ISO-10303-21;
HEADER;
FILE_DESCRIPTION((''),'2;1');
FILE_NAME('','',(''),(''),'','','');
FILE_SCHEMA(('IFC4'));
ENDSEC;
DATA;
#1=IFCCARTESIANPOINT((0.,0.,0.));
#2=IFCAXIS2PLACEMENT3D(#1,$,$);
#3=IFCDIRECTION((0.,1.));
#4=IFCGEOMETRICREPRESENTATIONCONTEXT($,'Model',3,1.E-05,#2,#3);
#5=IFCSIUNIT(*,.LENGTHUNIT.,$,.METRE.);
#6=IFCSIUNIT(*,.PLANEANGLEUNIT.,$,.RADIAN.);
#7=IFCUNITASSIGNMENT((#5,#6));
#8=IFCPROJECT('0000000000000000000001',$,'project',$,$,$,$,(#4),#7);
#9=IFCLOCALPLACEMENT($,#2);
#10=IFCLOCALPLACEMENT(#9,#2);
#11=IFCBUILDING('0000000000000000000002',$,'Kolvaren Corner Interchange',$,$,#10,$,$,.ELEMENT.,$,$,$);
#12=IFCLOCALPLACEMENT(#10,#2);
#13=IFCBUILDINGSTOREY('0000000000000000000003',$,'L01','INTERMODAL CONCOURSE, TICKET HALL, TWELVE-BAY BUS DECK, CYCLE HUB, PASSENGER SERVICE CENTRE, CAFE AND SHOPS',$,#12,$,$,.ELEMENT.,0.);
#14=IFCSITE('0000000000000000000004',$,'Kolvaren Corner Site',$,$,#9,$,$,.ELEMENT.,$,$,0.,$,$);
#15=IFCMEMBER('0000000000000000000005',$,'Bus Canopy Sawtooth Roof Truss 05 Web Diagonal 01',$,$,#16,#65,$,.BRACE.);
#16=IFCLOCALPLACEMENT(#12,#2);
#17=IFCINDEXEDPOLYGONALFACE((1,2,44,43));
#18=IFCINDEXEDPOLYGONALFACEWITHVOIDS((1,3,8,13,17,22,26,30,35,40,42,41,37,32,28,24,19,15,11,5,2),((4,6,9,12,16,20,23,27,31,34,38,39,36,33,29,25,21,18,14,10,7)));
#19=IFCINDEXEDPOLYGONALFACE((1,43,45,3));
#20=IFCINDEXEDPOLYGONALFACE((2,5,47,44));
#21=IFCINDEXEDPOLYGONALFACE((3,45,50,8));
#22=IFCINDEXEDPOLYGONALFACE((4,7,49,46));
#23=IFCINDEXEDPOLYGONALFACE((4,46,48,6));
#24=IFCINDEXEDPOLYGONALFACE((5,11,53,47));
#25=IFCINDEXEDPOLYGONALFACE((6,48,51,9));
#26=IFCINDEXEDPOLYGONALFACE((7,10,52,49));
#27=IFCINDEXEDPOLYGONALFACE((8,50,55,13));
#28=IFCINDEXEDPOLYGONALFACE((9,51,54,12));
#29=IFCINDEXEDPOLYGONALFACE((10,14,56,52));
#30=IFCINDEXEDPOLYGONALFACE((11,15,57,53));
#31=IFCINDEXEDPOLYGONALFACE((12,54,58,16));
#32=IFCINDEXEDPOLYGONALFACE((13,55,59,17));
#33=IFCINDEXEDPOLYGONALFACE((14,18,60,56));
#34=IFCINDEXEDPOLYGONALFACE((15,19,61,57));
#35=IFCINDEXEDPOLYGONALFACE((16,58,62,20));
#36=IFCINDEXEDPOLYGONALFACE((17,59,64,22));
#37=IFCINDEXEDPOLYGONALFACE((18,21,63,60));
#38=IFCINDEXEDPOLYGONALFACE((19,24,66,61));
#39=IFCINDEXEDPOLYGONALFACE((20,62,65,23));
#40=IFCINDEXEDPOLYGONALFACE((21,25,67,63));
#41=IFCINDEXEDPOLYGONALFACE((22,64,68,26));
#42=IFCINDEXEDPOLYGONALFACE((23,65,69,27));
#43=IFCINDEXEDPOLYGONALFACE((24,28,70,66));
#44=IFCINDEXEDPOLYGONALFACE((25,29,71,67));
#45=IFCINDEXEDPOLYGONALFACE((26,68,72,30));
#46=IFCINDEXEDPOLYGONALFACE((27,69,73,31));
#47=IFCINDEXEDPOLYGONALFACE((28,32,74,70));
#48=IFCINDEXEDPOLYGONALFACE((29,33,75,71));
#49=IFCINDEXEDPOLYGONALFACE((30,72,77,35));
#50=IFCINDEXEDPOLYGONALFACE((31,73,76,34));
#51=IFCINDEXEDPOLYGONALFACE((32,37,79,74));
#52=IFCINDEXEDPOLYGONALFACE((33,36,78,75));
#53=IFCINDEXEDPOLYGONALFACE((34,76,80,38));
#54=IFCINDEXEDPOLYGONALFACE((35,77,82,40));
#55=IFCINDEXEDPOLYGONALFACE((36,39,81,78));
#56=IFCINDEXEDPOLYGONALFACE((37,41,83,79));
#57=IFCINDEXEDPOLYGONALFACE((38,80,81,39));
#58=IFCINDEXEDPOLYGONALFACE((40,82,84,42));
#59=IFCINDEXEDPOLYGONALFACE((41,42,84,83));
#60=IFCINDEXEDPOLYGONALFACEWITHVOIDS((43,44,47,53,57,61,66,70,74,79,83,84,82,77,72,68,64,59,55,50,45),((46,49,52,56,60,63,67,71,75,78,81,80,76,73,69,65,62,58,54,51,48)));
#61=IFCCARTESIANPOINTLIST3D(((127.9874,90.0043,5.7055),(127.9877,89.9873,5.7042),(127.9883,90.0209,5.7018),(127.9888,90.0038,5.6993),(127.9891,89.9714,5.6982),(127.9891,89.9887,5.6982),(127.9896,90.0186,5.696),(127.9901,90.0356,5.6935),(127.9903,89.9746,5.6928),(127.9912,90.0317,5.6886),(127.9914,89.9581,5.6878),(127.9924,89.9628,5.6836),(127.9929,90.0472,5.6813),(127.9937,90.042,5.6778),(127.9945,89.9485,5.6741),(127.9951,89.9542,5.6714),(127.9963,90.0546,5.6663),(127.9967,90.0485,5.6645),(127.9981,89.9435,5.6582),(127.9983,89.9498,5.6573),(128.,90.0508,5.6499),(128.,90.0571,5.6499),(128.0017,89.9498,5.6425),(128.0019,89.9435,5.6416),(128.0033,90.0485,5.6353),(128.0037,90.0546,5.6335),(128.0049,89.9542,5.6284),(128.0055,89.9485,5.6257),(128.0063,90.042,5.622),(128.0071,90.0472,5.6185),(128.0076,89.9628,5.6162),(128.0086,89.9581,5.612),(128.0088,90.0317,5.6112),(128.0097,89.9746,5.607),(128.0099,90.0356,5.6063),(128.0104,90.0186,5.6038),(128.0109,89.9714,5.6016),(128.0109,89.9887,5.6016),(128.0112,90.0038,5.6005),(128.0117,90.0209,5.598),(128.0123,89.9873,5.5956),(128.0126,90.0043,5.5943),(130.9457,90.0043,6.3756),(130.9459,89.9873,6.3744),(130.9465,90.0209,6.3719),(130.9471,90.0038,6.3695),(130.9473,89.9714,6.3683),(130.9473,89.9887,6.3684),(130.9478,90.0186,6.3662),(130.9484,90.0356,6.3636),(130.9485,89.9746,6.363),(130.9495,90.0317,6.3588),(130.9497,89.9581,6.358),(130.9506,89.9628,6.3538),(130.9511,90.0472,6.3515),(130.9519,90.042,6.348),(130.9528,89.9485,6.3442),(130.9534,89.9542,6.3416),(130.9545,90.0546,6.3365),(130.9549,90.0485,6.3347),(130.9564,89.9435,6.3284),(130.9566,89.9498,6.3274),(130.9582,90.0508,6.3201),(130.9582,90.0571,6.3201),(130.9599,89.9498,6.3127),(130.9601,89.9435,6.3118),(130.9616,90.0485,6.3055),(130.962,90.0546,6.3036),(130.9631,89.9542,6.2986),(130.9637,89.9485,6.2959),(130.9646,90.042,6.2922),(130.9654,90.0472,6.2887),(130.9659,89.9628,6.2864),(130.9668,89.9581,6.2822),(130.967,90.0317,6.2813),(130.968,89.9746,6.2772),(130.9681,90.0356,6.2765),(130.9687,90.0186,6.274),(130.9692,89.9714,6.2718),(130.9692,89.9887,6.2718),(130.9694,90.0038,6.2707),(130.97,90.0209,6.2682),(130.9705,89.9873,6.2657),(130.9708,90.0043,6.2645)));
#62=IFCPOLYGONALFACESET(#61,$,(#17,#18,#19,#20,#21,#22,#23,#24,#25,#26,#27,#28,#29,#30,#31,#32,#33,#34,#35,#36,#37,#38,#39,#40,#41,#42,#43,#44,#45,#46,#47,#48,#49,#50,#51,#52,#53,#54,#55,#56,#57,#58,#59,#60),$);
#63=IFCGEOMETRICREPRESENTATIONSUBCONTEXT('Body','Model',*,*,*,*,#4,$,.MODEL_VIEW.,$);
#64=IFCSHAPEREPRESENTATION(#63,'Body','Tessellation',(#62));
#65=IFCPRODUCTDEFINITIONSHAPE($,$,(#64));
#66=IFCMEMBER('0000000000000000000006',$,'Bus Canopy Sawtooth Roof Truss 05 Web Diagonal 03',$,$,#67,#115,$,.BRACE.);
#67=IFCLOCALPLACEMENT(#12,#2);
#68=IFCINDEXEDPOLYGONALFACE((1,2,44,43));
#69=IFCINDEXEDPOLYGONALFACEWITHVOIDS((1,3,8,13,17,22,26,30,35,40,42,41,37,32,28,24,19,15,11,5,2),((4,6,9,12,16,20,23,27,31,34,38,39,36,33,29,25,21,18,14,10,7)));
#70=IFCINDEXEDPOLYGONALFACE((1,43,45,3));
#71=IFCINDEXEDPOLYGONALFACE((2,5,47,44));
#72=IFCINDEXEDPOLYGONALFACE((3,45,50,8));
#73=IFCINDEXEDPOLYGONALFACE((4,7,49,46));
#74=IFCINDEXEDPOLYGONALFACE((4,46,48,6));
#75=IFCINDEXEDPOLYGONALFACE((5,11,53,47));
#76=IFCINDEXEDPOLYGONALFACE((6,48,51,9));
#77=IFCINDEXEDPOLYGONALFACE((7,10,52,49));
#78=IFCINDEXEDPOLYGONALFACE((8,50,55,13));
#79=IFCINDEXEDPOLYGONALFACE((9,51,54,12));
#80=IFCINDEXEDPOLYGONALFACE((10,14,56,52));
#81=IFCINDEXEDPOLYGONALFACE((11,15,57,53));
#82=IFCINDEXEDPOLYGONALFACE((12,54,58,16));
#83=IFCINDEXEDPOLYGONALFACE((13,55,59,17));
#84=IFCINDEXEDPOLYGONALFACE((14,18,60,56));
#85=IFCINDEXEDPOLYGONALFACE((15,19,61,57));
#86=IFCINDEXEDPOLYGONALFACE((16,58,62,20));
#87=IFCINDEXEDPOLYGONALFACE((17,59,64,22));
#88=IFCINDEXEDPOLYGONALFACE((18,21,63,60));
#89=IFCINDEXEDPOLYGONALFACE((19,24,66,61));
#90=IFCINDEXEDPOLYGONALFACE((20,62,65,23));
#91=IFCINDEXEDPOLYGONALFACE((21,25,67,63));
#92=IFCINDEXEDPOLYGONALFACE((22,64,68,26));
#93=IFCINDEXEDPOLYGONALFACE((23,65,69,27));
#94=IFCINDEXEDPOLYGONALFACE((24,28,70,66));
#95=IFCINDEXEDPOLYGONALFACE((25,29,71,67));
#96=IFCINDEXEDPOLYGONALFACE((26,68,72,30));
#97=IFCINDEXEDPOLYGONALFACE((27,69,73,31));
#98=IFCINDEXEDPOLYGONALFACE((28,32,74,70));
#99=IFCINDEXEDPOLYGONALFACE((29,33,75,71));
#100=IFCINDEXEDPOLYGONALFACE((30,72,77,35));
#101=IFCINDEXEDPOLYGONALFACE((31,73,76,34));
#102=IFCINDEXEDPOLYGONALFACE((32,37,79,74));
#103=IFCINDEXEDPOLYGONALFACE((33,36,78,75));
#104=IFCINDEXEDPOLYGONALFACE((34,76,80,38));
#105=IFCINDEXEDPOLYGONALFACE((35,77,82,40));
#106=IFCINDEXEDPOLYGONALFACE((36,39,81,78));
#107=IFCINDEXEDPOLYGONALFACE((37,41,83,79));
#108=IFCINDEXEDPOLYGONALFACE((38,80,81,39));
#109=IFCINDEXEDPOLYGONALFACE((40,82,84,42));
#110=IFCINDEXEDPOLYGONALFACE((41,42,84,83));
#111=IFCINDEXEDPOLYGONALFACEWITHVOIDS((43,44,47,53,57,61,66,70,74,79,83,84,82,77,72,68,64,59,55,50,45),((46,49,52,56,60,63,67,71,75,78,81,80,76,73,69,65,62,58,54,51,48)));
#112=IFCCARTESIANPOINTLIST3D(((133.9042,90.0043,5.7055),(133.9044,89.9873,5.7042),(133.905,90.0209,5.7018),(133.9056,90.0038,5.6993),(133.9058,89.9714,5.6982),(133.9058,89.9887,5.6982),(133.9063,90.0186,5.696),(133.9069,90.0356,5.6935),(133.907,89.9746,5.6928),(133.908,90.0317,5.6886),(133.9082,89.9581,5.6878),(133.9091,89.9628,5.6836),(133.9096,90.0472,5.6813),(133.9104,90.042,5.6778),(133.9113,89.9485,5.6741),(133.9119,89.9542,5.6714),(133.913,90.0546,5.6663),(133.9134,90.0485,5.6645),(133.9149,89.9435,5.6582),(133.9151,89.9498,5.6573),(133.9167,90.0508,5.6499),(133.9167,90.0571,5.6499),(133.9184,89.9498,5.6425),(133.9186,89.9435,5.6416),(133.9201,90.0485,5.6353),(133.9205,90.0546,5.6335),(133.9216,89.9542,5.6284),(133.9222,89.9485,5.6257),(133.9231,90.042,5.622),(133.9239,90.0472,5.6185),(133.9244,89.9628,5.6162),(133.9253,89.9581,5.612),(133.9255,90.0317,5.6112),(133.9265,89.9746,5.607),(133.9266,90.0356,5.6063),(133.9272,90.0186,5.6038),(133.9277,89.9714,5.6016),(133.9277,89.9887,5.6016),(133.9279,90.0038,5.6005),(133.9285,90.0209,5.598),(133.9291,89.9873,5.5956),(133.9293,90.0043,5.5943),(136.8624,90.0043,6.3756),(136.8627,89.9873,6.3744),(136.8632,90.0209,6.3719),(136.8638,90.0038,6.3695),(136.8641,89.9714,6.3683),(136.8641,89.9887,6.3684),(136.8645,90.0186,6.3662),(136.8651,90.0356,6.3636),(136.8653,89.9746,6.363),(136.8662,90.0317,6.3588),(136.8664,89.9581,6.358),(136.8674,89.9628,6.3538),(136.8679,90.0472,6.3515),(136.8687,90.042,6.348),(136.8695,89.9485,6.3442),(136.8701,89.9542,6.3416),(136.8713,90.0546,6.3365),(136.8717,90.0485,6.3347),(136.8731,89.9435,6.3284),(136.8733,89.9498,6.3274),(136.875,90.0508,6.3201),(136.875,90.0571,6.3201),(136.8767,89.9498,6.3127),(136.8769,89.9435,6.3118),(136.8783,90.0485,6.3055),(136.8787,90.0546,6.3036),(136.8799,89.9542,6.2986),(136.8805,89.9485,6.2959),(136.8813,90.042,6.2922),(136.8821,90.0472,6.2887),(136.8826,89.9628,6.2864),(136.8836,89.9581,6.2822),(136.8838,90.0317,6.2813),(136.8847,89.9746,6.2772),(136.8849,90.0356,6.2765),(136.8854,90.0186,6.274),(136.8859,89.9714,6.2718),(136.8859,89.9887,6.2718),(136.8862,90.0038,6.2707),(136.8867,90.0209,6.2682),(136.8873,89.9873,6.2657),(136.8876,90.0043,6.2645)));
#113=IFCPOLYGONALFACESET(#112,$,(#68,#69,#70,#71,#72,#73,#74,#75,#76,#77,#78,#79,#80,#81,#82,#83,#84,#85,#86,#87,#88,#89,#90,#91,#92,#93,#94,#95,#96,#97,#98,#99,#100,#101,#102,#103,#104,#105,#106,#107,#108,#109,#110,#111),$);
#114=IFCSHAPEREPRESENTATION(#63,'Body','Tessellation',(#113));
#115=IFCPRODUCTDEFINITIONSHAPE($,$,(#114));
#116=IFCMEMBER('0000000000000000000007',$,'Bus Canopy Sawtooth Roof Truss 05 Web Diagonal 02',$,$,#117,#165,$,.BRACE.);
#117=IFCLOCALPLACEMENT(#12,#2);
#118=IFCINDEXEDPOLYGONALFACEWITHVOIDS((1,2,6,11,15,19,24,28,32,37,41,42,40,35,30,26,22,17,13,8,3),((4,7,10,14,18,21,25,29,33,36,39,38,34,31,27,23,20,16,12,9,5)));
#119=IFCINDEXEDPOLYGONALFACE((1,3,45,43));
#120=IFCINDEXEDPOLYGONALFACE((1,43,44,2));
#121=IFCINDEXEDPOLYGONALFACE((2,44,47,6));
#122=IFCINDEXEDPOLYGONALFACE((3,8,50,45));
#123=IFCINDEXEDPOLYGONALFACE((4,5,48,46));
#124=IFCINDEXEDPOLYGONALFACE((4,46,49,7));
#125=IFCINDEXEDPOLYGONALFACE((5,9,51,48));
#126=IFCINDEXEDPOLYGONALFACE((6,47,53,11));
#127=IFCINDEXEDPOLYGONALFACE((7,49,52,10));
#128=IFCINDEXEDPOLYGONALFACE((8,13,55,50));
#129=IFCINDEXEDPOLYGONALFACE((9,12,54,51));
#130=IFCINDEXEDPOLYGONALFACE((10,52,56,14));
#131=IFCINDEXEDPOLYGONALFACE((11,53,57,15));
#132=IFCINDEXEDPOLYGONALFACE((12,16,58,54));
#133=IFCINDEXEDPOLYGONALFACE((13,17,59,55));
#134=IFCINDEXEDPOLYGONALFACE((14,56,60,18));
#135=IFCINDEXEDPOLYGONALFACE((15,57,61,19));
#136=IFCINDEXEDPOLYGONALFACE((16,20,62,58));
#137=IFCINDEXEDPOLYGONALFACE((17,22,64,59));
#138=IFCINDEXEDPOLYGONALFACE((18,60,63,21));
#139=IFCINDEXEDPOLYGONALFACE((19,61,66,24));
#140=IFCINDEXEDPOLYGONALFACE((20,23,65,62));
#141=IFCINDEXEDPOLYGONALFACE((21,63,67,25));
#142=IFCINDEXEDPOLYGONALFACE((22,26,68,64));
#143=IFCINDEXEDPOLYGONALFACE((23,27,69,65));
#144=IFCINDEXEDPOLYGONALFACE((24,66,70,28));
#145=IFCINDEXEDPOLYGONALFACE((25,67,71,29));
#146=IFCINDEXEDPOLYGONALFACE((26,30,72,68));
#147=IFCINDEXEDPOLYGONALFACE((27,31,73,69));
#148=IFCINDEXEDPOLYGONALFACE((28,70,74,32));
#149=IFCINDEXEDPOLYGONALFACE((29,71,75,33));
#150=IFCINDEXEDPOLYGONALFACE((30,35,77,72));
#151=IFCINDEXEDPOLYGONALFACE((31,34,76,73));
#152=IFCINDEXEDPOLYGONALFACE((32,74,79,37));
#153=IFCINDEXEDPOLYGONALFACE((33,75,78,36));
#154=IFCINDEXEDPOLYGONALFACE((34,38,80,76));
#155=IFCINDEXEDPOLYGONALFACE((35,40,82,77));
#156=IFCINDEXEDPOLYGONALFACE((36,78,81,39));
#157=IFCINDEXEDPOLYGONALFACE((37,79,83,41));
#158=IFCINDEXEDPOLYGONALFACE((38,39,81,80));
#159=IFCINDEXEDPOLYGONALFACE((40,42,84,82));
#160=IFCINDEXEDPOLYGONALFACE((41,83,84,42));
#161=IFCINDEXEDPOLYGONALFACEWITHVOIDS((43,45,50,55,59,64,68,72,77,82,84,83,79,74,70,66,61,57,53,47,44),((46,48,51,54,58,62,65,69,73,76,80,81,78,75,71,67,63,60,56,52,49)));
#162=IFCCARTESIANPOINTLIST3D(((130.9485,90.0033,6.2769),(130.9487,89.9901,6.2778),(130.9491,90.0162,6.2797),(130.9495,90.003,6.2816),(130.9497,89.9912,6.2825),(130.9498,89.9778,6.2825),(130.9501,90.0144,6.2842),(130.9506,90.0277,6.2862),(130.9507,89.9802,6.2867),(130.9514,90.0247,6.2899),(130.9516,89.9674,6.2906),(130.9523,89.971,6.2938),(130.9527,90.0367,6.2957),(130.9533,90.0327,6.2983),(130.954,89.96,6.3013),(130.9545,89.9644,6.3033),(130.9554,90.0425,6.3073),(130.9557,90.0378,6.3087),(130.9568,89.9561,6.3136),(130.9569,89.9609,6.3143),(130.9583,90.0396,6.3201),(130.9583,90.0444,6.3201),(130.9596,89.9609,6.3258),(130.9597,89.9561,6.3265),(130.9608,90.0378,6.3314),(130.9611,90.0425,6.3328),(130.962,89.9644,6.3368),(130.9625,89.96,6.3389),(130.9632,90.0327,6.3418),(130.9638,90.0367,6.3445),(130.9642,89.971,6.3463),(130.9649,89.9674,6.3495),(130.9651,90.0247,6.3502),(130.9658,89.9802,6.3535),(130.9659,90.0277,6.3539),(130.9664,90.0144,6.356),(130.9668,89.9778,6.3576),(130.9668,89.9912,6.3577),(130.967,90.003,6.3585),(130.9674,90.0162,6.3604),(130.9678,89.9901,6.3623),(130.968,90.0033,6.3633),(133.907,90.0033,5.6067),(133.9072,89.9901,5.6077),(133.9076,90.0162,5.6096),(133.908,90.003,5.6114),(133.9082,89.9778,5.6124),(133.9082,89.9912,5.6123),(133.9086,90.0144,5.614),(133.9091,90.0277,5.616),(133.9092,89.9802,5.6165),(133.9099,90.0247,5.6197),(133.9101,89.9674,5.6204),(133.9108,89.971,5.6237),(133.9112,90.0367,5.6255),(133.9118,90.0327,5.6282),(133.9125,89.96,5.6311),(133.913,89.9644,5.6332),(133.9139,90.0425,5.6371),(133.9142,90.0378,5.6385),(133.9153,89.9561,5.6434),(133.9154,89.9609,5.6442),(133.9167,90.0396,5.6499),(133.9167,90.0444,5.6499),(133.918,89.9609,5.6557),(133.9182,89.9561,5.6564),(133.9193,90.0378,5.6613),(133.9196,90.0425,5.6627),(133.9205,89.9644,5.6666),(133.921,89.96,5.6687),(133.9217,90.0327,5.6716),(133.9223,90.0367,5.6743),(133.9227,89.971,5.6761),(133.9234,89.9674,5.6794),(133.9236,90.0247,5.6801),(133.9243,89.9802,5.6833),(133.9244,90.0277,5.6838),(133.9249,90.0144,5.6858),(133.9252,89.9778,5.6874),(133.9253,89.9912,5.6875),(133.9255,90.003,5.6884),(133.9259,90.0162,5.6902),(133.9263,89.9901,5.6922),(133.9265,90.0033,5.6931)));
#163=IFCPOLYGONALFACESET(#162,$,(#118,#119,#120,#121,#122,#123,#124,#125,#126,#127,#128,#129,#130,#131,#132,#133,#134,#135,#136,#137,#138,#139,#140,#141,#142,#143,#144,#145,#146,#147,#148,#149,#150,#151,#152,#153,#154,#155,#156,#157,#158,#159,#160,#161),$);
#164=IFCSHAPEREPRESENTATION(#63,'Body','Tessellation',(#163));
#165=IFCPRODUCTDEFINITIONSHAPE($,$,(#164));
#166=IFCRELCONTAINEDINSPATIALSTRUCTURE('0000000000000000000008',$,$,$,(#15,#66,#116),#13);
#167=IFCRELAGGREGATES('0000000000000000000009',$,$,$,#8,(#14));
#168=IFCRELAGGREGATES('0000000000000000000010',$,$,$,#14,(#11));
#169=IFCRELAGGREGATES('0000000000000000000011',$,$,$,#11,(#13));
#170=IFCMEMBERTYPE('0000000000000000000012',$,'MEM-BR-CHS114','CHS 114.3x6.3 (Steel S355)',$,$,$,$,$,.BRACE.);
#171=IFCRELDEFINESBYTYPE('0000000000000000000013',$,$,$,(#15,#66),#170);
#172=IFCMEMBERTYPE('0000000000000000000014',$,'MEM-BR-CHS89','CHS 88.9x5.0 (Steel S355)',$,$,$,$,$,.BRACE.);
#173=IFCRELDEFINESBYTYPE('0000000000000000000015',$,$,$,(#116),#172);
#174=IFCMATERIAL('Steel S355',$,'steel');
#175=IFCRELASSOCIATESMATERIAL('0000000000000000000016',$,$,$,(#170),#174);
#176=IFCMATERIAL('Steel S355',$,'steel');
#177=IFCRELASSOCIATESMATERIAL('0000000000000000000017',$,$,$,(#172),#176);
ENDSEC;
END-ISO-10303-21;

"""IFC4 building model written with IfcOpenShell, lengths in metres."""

from ifc_helpers import new_model, si_unit, direction, frame, origin, origin_2d, place, context, subcontext, project, spatial, hollow_circle, extrude, material, material_profile, profile_set, type_object, element, save


model = new_model("IFC4")

# Units and contexts
model_context = context("Model", 3, precision=1e-05, world=origin(), true_north=direction((0.0, 1.0)))
body_context = subcontext(model_context, "Body", "Model", "MODEL_VIEW")
ifc_project = project(units=[si_unit("LENGTHUNIT", "METRE"), si_unit("PLANEANGLEUNIT", "RADIAN")], contexts=[model_context])

# Site, building, storey
site_placement = place(None, origin())
site = spatial("IfcSite", under=ifc_project, at=site_placement, Name="Kolvaren Corner Site", CompositionType="ELEMENT", RefElevation=0.0)
building_placement = place(site_placement, origin())
building = spatial("IfcBuilding", under=site, at=building_placement, Name="Kolvaren Corner Interchange", CompositionType="ELEMENT")
storey_placement = place(building_placement, origin())
storey = spatial("IfcBuildingStorey", under=building, at=storey_placement, Name="L01", Description="INTERMODAL CONCOURSE, TICKET HALL, TWELVE-BAY BUS DECK, CYCLE HUB, PASSENGER SERVICE CENTRE, CAFE AND SHOPS", CompositionType="ELEMENT", Elevation=0.0)

# Members
ifc_material_1 = material(Name="Steel S355", Category="steel")
ifc_material_profile_1 = material_profile(ifc_material_1, hollow_circle(Radius=0.0571, WallThickness=0.0063, at=origin_2d()), Name="CHS 114.3x6.3")
ifc_profile_set_1 = profile_set([ifc_material_profile_1], Name="Steel S355")
member_type_1 = type_object("IfcMemberType", Name="MEM-BR-CHS114", Description="CHS 114.3x6.3 (Steel S355)", PredefinedType="BRACE", material=ifc_profile_set_1)
for number, where, z_axis, x_axis, name in (
    (1, (128.0, 90.0, 5.6499), (0.975287, 0.0, 0.220943), (0.0, 1.0, 0.0), "Bus Canopy Sawtooth Roof Truss 05 Web Diagonal 01"),
    (2, (133.9167, 90.0, 5.6499), (0.975287, 0.0, 0.220943), (0.0, 1.0, 0.0), "Bus Canopy Sawtooth Roof Truss 05 Web Diagonal 03"),
):
    element("IfcMember", number, at=place(storey_placement, frame(where, z_axis=z_axis, x_axis=x_axis)), inside=storey, type_object=member_type_1, Name=name, PredefinedType="BRACE", context=body_context, shape_type="SweptSolid", body=[
        extrude(hollow_circle(Radius=0.0571, WallThickness=0.0063, at=origin_2d()), origin(), (0.0, 0.0, 1.0), 3.0332),
    ])
ifc_material_2 = material(Name="Steel S355", Category="steel")
ifc_material_profile_2 = material_profile(ifc_material_2, hollow_circle(Radius=0.0444, WallThickness=0.0049, at=origin_2d()), Name="CHS 88.9x5.0")
ifc_profile_set_2 = profile_set([ifc_material_profile_2], Name="Steel S355")
member_type_2 = type_object("IfcMemberType", Name="MEM-BR-CHS89", Description="CHS 88.9x5.0 (Steel S355)", PredefinedType="BRACE", material=ifc_profile_set_2)
member_1_placement = place(storey_placement, frame((130.9583, 90.0, 6.3201), z_axis=(0.975291, 0.0, -0.220925), x_axis=(0.0, 1.0, 0.0)))
element("IfcMember", 3, at=member_1_placement, inside=storey, type_object=member_type_2, Name="Bus Canopy Sawtooth Roof Truss 05 Web Diagonal 02", PredefinedType="BRACE", context=body_context, shape_type="SweptSolid", body=[
    extrude(hollow_circle(Radius=0.0444, WallThickness=0.0049, at=origin_2d()), origin(), (0.0, 0.0, 1.0), 3.0334),
])

save(model, "model.ifc")
